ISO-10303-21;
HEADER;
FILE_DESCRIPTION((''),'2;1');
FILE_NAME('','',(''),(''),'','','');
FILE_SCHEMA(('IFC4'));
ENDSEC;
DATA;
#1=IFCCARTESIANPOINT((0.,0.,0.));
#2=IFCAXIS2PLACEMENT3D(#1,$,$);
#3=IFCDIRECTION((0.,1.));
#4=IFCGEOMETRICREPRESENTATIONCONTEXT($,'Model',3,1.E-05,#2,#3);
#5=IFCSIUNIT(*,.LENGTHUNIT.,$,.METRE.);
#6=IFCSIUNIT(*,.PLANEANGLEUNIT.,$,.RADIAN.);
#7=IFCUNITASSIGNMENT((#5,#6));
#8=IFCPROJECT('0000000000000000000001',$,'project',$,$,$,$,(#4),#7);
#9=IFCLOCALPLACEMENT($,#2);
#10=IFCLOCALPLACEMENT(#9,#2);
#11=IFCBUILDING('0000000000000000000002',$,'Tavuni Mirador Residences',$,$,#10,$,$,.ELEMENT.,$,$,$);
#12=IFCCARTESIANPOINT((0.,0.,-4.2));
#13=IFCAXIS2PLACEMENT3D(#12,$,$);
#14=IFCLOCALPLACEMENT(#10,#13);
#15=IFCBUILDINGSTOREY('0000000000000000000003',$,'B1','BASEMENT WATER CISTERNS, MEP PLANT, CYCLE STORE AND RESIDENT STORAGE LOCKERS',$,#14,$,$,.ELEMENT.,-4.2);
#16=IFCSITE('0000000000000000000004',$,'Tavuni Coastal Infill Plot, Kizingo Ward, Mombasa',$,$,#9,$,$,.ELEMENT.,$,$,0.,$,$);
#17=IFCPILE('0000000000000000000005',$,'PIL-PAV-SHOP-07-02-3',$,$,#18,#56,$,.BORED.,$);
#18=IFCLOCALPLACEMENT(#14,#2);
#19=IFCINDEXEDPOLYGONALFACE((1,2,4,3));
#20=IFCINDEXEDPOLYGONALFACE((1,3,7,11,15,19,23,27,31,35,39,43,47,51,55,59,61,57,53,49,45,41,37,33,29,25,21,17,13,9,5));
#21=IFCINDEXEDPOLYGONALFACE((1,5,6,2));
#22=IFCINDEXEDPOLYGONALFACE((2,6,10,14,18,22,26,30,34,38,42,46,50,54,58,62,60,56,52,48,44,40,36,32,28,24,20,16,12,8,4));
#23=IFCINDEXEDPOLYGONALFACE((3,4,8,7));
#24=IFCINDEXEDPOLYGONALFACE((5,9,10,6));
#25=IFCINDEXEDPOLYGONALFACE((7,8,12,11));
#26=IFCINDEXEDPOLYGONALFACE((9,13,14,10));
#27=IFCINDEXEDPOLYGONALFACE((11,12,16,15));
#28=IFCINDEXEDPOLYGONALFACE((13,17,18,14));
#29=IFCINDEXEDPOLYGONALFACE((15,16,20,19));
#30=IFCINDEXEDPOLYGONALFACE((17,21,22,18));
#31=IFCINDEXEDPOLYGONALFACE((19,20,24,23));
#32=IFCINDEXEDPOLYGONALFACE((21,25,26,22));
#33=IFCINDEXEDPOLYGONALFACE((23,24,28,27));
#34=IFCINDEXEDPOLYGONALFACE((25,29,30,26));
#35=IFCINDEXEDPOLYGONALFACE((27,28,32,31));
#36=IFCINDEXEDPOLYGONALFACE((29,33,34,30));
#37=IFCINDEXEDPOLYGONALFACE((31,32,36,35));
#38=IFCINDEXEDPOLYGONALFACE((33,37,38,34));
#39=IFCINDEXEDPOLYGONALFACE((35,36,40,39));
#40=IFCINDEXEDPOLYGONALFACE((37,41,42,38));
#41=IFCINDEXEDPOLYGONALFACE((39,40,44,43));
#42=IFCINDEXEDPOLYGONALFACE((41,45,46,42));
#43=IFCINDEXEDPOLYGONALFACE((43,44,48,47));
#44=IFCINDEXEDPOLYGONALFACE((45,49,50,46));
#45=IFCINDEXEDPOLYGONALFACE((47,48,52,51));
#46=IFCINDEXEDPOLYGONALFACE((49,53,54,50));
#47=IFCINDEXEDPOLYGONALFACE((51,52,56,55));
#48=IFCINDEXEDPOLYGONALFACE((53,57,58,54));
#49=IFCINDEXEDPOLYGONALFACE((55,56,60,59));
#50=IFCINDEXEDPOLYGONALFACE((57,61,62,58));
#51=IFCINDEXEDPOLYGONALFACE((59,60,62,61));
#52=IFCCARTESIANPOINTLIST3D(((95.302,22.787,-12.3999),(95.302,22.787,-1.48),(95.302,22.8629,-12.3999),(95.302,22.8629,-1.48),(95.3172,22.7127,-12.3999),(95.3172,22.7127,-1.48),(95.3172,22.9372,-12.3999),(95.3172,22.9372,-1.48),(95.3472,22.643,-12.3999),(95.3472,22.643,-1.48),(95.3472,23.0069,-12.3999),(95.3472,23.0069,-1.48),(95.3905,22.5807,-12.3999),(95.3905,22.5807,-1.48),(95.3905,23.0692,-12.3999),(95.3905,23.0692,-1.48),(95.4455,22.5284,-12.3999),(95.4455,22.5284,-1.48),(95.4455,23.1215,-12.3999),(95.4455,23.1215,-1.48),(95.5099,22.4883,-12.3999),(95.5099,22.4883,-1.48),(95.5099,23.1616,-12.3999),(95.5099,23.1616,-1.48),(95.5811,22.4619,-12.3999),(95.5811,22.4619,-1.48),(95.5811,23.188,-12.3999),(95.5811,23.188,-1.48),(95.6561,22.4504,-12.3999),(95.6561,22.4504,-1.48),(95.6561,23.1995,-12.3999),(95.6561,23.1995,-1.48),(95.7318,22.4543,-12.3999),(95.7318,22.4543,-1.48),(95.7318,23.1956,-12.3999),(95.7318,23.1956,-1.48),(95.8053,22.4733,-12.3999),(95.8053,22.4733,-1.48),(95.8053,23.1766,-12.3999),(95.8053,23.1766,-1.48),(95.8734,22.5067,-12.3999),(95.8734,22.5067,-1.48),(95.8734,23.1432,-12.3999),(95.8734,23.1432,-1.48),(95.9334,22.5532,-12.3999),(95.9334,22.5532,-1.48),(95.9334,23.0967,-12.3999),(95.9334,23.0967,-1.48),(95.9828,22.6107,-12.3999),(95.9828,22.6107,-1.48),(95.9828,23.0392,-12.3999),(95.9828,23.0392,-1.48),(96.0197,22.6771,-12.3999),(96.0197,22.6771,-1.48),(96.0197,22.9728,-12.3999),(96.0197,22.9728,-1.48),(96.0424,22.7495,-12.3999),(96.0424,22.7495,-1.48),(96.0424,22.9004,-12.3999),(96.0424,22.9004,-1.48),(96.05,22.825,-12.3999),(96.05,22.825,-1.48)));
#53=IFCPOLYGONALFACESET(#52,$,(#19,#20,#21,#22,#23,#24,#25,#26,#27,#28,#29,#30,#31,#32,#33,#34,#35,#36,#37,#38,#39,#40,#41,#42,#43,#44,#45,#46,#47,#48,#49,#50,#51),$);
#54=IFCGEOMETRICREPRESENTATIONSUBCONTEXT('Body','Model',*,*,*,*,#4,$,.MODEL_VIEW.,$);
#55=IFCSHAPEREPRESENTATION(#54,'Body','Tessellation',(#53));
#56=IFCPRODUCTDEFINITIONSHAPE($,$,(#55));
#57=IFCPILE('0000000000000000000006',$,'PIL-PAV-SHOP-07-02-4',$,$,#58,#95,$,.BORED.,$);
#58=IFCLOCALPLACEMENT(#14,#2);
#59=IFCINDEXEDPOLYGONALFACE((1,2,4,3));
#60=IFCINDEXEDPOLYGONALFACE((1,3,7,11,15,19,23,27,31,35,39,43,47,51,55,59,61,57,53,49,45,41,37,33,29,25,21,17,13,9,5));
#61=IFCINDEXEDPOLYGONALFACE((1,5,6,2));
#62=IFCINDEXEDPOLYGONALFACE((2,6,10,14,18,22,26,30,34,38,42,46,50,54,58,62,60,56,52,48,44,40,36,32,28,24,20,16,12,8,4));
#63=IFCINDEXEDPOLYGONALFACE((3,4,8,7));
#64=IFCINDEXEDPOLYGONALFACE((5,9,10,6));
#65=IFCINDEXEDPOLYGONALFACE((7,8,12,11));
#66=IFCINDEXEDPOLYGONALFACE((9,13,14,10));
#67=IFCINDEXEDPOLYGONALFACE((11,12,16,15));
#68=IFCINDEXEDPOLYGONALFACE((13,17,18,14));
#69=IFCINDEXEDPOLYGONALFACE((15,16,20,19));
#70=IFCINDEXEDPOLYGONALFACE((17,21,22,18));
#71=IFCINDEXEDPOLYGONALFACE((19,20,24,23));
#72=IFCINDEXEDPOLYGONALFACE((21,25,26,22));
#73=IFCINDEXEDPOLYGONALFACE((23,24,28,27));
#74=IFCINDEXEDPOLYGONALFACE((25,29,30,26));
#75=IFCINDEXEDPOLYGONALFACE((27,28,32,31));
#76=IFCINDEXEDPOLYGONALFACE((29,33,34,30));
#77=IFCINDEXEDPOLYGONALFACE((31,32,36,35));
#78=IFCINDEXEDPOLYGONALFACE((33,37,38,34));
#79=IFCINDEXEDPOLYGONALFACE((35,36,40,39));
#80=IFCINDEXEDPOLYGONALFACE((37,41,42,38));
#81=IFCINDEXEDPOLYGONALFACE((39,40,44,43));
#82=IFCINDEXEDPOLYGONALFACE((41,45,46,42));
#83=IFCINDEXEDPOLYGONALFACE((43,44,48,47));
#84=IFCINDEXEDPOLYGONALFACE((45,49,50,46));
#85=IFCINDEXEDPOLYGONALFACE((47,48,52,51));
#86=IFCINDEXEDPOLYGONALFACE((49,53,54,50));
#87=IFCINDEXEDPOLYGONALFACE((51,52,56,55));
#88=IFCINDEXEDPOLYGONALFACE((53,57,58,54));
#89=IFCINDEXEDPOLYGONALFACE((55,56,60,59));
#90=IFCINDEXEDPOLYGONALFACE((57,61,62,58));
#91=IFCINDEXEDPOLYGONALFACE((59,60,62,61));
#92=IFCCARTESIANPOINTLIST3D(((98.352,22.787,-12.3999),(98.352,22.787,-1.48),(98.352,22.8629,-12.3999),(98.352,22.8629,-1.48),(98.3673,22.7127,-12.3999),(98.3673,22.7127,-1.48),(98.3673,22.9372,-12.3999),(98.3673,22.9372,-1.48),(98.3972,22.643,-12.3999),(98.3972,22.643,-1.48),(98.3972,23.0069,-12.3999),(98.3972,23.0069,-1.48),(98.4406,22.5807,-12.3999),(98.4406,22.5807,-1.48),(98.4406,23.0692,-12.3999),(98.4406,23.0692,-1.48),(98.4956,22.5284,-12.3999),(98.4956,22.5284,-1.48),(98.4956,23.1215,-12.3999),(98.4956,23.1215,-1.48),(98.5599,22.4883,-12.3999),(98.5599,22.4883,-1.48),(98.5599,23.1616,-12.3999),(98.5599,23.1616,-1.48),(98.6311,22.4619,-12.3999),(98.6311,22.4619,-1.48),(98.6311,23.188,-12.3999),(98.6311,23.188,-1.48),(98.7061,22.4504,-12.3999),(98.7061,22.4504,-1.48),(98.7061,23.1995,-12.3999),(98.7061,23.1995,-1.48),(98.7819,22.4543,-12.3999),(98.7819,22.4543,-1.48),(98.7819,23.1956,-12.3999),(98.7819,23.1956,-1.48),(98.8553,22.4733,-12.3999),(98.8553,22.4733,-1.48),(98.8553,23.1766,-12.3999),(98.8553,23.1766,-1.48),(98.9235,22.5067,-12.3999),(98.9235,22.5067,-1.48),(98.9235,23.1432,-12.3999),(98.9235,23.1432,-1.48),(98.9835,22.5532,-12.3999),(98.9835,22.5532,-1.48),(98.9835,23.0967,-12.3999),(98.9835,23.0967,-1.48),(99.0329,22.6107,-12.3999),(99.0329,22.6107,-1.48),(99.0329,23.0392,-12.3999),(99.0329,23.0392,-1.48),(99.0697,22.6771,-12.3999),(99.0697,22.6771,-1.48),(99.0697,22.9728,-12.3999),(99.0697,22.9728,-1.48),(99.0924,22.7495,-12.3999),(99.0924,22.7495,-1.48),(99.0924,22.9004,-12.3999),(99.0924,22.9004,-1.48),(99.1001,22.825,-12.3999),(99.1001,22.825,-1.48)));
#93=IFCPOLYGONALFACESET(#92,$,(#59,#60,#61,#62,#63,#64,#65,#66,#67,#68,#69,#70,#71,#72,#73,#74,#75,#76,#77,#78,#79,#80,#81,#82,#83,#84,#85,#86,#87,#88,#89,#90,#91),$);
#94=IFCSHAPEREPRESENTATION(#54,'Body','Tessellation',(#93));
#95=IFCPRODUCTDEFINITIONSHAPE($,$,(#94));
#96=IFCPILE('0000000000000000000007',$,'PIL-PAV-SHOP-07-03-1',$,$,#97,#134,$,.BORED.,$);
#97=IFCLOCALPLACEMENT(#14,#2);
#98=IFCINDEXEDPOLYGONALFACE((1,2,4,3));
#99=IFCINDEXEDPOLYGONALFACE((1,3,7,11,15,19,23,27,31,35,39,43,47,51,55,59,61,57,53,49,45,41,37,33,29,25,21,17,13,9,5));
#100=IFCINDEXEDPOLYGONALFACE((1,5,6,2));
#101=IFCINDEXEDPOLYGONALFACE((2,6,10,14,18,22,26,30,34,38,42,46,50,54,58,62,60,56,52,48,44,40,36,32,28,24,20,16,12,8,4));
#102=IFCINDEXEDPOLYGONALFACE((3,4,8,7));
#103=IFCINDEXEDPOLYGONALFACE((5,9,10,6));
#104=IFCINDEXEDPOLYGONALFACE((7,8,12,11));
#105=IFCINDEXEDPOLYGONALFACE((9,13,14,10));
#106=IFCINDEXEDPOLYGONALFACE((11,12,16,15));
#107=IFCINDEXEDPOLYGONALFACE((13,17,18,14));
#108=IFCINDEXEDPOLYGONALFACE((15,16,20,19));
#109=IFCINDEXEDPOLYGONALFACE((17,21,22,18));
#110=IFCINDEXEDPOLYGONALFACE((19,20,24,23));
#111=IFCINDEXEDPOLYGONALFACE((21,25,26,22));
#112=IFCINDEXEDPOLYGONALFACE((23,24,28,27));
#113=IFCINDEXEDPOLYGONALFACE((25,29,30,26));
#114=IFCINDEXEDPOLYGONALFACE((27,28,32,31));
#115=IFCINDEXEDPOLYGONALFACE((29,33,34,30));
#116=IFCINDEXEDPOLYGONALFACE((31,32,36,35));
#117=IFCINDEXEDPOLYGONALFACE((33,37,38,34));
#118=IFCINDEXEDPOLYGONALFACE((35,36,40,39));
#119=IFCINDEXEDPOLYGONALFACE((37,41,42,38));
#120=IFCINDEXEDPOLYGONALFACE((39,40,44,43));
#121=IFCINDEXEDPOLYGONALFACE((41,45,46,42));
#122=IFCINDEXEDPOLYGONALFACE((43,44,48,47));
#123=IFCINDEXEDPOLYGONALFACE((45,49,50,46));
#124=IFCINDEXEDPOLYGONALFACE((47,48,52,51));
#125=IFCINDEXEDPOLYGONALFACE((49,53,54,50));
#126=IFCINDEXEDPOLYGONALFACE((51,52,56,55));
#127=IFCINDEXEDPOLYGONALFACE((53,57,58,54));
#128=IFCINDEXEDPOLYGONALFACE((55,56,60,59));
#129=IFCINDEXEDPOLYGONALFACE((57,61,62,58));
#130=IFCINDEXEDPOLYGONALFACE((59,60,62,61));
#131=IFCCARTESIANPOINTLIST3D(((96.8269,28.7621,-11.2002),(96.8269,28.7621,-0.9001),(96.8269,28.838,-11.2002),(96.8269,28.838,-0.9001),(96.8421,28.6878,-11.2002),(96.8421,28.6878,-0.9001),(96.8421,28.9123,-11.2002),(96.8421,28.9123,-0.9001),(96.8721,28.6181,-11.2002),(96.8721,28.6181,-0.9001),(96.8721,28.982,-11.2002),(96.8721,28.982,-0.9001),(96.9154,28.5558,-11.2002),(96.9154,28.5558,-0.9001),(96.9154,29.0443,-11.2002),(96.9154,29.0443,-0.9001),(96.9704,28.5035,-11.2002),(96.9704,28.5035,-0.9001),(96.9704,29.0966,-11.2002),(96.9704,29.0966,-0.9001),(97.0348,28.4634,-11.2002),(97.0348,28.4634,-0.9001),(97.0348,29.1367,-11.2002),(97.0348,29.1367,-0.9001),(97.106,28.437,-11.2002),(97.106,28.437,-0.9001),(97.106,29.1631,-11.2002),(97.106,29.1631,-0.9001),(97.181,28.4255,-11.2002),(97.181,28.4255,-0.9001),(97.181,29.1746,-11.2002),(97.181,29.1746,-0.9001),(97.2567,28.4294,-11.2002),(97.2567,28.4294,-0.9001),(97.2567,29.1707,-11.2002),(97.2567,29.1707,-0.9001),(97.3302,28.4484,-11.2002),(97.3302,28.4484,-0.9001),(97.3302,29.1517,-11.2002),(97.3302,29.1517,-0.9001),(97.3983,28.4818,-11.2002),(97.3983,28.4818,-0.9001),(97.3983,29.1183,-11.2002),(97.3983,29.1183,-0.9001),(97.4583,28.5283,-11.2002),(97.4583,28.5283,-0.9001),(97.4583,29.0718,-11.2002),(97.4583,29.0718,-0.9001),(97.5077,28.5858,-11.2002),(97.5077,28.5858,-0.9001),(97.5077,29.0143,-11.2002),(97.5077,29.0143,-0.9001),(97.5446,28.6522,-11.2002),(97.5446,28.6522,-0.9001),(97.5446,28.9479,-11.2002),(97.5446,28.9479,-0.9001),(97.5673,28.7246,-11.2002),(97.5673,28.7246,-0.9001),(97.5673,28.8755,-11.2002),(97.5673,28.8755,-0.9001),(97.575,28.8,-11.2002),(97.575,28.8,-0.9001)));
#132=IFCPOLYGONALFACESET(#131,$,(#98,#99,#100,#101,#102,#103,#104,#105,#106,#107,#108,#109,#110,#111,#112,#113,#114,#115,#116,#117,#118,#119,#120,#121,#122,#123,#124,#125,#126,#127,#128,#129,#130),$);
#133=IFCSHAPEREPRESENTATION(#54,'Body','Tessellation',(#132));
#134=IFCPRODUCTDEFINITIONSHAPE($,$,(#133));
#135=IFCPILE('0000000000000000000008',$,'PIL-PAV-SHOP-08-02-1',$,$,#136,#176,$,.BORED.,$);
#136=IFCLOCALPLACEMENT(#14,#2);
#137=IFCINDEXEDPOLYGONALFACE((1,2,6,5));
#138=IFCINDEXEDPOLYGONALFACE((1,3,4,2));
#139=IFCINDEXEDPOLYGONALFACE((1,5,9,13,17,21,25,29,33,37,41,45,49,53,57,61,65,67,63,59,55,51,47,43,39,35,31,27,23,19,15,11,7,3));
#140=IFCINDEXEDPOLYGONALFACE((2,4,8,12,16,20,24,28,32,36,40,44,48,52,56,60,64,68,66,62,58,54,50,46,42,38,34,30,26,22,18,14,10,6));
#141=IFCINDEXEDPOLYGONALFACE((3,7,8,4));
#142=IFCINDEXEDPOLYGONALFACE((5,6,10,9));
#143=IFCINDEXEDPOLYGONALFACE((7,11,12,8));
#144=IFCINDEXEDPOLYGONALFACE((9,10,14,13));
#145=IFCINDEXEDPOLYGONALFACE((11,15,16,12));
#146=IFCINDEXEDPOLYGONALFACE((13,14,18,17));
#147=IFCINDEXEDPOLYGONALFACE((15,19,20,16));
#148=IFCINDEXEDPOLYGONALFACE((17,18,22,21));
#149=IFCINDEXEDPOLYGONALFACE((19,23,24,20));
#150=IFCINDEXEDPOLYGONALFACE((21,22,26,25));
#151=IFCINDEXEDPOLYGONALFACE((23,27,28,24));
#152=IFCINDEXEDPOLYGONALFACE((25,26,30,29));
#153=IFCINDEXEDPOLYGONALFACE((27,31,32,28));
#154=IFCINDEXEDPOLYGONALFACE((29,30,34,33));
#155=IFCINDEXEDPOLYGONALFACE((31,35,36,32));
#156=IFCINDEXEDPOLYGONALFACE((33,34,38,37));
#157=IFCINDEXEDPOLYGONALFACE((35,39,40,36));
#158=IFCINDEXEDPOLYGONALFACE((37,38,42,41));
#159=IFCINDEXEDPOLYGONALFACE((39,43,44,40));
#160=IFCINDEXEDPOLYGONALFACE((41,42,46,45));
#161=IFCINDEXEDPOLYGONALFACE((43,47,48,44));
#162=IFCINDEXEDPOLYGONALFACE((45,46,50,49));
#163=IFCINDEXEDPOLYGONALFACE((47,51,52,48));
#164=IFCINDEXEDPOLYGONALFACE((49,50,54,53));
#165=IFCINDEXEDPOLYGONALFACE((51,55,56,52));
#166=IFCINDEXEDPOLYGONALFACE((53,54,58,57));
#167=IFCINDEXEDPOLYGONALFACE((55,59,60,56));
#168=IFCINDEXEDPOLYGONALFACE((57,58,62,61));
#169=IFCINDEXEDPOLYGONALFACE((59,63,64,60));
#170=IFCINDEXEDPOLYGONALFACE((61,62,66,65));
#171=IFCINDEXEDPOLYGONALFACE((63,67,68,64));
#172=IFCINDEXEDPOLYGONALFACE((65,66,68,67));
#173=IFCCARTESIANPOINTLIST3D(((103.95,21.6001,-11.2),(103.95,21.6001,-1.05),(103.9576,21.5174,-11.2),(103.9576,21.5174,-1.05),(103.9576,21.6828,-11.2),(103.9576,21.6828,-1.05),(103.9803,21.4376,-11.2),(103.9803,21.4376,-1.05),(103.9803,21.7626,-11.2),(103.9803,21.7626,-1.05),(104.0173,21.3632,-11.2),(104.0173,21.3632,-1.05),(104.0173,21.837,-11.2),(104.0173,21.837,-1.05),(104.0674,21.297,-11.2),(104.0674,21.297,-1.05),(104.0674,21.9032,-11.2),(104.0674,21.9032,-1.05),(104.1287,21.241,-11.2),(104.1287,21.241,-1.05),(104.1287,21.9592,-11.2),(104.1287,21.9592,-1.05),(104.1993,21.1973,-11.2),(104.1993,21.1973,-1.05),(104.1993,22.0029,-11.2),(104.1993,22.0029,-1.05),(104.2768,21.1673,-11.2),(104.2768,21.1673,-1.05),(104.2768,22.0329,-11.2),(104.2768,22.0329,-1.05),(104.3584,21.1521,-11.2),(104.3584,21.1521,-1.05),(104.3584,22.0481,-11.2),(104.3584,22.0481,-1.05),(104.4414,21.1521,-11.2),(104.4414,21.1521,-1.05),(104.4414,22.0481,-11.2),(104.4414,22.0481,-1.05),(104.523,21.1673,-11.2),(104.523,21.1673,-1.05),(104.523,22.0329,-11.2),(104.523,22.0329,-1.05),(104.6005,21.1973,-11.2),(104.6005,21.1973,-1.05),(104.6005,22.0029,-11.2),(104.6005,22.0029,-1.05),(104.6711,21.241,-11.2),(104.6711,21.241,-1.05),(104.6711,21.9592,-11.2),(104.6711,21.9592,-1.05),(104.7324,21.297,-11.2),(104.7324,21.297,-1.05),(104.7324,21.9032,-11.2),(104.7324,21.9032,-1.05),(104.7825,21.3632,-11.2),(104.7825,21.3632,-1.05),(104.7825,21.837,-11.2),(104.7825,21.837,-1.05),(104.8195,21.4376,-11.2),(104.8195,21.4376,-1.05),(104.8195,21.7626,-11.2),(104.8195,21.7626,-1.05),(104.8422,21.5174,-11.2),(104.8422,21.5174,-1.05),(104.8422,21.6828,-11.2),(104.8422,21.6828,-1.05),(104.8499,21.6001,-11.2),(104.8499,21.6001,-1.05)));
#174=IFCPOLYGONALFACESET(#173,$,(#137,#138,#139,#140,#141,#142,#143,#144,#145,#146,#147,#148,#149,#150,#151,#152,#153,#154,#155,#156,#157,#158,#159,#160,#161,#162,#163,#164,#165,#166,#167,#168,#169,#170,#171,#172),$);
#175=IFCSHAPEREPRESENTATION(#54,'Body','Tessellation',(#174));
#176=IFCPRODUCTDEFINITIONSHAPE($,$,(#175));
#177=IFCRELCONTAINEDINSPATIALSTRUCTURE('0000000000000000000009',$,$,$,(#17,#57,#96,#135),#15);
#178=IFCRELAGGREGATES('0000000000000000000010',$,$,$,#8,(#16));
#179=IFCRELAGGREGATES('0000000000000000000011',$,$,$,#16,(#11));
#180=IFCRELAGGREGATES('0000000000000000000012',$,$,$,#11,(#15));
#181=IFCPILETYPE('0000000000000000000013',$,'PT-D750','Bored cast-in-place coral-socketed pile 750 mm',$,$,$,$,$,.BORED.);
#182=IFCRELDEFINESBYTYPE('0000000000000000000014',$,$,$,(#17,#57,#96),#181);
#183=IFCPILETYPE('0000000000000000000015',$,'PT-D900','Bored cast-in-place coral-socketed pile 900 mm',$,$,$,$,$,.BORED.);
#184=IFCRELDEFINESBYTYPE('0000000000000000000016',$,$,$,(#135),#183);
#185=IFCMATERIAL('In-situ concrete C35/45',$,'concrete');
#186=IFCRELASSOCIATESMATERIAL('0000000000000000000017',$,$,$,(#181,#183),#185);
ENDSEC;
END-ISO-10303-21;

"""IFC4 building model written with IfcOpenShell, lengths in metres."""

from ifc_helpers import new_model, si_unit, direction, frame, origin, origin_2d, place, context, subcontext, project, spatial, circle, extrude, material, material_profile, profile_set, type_object, element, save


model = new_model("IFC4")

# Units and contexts
model_context = context("Model", 3, precision=1e-05, world=origin(), true_north=direction((0.0, 1.0)))
body_context = subcontext(model_context, "Body", "Model", "MODEL_VIEW")
ifc_project = project(units=[si_unit("LENGTHUNIT", "METRE"), si_unit("PLANEANGLEUNIT", "RADIAN")], contexts=[model_context])

# Site, building, storey
site_placement = place(None, origin())
site = spatial("IfcSite", under=ifc_project, at=site_placement, Name="Tavuni Coastal Infill Plot, Kizingo Ward, Mombasa", CompositionType="ELEMENT", RefElevation=0.0)
building_placement = place(site_placement, origin())
building = spatial("IfcBuilding", under=site, at=building_placement, Name="Tavuni Mirador Residences", CompositionType="ELEMENT")
storey_placement = place(building_placement, frame((0.0, 0.0, -4.2)))
storey = spatial("IfcBuildingStorey", under=building, at=storey_placement, Name="B1", Description="BASEMENT WATER CISTERNS, MEP PLANT, CYCLE STORE AND RESIDENT STORAGE LOCKERS", CompositionType="ELEMENT", Elevation=-4.2)

# Shared definitions
ifc_material_1 = material(Name="In-situ concrete C35/45", Category="concrete")

# Piles
ifc_material_profile_1 = material_profile(ifc_material_1, circle(Radius=0.375, at=origin_2d()), Name="PILE D750", Category="concrete")
ifc_profile_set_1 = profile_set([ifc_material_profile_1], Name="In-situ concrete C35/45")
pile_type_1 = type_object("IfcPileType", Name="PT-D750", Description="Bored cast-in-place coral-socketed pile 750 mm", PredefinedType="BORED", material=ifc_profile_set_1)
for number, where, z_axis, x_axis, name in (
    (1, (95.675, 22.825, -1.48), (0.0, 0.0, -1.0), (1.0, 0.0, 0.0), "PIL-PAV-SHOP-07-02-3"),
    (2, (98.7251, 22.825, -1.48), (0.0, 0.0, -1.0), (1.0, 0.0, 0.0), "PIL-PAV-SHOP-07-02-4"),
):
    element("IfcPile", number, at=place(storey_placement, frame(where, z_axis=z_axis, x_axis=x_axis)), inside=storey, type_object=pile_type_1, Name=name, PredefinedType="BORED", context=body_context, shape_type="SweptSolid", body=[
        extrude(circle(Radius=0.375, at=origin_2d()), origin(), (0.0, 0.0, 1.0), 10.9199),
    ])
pile_1_placement = place(storey_placement, frame((97.2, 28.8, -0.9001), z_axis=(0.0, 0.0, -1.0), x_axis=(1.0, 0.0, 0.0)))
element("IfcPile", 3, at=pile_1_placement, inside=storey, type_object=pile_type_1, Name="PIL-PAV-SHOP-07-03-1", PredefinedType="BORED", context=body_context, shape_type="SweptSolid", body=[
    extrude(circle(Radius=0.375, at=origin_2d()), origin(), (0.0, 0.0, 1.0), 10.3),
])
ifc_material_profile_2 = material_profile(ifc_material_1, circle(Radius=0.45, at=origin_2d()), Name="PILE D900", Category="concrete")
ifc_profile_set_2 = profile_set([ifc_material_profile_2], Name="In-situ concrete C35/45")
pile_type_2 = type_object("IfcPileType", Name="PT-D900", Description="Bored cast-in-place coral-socketed pile 900 mm", PredefinedType="BORED", material=ifc_profile_set_2)
pile_2_placement = place(storey_placement, frame((104.3999, 21.6001, -1.05), z_axis=(0.0, 0.0, -1.0), x_axis=(1.0, 0.0, 0.0)))
element("IfcPile", 4, at=pile_2_placement, inside=storey, type_object=pile_type_2, Name="PIL-PAV-SHOP-08-02-1", PredefinedType="BORED", context=body_context, shape_type="SweptSolid", body=[
    extrude(circle(Radius=0.45, at=origin_2d()), origin(), (0.0, 0.0, 1.0), 10.1499),
])

save(model, "model.ifc")
